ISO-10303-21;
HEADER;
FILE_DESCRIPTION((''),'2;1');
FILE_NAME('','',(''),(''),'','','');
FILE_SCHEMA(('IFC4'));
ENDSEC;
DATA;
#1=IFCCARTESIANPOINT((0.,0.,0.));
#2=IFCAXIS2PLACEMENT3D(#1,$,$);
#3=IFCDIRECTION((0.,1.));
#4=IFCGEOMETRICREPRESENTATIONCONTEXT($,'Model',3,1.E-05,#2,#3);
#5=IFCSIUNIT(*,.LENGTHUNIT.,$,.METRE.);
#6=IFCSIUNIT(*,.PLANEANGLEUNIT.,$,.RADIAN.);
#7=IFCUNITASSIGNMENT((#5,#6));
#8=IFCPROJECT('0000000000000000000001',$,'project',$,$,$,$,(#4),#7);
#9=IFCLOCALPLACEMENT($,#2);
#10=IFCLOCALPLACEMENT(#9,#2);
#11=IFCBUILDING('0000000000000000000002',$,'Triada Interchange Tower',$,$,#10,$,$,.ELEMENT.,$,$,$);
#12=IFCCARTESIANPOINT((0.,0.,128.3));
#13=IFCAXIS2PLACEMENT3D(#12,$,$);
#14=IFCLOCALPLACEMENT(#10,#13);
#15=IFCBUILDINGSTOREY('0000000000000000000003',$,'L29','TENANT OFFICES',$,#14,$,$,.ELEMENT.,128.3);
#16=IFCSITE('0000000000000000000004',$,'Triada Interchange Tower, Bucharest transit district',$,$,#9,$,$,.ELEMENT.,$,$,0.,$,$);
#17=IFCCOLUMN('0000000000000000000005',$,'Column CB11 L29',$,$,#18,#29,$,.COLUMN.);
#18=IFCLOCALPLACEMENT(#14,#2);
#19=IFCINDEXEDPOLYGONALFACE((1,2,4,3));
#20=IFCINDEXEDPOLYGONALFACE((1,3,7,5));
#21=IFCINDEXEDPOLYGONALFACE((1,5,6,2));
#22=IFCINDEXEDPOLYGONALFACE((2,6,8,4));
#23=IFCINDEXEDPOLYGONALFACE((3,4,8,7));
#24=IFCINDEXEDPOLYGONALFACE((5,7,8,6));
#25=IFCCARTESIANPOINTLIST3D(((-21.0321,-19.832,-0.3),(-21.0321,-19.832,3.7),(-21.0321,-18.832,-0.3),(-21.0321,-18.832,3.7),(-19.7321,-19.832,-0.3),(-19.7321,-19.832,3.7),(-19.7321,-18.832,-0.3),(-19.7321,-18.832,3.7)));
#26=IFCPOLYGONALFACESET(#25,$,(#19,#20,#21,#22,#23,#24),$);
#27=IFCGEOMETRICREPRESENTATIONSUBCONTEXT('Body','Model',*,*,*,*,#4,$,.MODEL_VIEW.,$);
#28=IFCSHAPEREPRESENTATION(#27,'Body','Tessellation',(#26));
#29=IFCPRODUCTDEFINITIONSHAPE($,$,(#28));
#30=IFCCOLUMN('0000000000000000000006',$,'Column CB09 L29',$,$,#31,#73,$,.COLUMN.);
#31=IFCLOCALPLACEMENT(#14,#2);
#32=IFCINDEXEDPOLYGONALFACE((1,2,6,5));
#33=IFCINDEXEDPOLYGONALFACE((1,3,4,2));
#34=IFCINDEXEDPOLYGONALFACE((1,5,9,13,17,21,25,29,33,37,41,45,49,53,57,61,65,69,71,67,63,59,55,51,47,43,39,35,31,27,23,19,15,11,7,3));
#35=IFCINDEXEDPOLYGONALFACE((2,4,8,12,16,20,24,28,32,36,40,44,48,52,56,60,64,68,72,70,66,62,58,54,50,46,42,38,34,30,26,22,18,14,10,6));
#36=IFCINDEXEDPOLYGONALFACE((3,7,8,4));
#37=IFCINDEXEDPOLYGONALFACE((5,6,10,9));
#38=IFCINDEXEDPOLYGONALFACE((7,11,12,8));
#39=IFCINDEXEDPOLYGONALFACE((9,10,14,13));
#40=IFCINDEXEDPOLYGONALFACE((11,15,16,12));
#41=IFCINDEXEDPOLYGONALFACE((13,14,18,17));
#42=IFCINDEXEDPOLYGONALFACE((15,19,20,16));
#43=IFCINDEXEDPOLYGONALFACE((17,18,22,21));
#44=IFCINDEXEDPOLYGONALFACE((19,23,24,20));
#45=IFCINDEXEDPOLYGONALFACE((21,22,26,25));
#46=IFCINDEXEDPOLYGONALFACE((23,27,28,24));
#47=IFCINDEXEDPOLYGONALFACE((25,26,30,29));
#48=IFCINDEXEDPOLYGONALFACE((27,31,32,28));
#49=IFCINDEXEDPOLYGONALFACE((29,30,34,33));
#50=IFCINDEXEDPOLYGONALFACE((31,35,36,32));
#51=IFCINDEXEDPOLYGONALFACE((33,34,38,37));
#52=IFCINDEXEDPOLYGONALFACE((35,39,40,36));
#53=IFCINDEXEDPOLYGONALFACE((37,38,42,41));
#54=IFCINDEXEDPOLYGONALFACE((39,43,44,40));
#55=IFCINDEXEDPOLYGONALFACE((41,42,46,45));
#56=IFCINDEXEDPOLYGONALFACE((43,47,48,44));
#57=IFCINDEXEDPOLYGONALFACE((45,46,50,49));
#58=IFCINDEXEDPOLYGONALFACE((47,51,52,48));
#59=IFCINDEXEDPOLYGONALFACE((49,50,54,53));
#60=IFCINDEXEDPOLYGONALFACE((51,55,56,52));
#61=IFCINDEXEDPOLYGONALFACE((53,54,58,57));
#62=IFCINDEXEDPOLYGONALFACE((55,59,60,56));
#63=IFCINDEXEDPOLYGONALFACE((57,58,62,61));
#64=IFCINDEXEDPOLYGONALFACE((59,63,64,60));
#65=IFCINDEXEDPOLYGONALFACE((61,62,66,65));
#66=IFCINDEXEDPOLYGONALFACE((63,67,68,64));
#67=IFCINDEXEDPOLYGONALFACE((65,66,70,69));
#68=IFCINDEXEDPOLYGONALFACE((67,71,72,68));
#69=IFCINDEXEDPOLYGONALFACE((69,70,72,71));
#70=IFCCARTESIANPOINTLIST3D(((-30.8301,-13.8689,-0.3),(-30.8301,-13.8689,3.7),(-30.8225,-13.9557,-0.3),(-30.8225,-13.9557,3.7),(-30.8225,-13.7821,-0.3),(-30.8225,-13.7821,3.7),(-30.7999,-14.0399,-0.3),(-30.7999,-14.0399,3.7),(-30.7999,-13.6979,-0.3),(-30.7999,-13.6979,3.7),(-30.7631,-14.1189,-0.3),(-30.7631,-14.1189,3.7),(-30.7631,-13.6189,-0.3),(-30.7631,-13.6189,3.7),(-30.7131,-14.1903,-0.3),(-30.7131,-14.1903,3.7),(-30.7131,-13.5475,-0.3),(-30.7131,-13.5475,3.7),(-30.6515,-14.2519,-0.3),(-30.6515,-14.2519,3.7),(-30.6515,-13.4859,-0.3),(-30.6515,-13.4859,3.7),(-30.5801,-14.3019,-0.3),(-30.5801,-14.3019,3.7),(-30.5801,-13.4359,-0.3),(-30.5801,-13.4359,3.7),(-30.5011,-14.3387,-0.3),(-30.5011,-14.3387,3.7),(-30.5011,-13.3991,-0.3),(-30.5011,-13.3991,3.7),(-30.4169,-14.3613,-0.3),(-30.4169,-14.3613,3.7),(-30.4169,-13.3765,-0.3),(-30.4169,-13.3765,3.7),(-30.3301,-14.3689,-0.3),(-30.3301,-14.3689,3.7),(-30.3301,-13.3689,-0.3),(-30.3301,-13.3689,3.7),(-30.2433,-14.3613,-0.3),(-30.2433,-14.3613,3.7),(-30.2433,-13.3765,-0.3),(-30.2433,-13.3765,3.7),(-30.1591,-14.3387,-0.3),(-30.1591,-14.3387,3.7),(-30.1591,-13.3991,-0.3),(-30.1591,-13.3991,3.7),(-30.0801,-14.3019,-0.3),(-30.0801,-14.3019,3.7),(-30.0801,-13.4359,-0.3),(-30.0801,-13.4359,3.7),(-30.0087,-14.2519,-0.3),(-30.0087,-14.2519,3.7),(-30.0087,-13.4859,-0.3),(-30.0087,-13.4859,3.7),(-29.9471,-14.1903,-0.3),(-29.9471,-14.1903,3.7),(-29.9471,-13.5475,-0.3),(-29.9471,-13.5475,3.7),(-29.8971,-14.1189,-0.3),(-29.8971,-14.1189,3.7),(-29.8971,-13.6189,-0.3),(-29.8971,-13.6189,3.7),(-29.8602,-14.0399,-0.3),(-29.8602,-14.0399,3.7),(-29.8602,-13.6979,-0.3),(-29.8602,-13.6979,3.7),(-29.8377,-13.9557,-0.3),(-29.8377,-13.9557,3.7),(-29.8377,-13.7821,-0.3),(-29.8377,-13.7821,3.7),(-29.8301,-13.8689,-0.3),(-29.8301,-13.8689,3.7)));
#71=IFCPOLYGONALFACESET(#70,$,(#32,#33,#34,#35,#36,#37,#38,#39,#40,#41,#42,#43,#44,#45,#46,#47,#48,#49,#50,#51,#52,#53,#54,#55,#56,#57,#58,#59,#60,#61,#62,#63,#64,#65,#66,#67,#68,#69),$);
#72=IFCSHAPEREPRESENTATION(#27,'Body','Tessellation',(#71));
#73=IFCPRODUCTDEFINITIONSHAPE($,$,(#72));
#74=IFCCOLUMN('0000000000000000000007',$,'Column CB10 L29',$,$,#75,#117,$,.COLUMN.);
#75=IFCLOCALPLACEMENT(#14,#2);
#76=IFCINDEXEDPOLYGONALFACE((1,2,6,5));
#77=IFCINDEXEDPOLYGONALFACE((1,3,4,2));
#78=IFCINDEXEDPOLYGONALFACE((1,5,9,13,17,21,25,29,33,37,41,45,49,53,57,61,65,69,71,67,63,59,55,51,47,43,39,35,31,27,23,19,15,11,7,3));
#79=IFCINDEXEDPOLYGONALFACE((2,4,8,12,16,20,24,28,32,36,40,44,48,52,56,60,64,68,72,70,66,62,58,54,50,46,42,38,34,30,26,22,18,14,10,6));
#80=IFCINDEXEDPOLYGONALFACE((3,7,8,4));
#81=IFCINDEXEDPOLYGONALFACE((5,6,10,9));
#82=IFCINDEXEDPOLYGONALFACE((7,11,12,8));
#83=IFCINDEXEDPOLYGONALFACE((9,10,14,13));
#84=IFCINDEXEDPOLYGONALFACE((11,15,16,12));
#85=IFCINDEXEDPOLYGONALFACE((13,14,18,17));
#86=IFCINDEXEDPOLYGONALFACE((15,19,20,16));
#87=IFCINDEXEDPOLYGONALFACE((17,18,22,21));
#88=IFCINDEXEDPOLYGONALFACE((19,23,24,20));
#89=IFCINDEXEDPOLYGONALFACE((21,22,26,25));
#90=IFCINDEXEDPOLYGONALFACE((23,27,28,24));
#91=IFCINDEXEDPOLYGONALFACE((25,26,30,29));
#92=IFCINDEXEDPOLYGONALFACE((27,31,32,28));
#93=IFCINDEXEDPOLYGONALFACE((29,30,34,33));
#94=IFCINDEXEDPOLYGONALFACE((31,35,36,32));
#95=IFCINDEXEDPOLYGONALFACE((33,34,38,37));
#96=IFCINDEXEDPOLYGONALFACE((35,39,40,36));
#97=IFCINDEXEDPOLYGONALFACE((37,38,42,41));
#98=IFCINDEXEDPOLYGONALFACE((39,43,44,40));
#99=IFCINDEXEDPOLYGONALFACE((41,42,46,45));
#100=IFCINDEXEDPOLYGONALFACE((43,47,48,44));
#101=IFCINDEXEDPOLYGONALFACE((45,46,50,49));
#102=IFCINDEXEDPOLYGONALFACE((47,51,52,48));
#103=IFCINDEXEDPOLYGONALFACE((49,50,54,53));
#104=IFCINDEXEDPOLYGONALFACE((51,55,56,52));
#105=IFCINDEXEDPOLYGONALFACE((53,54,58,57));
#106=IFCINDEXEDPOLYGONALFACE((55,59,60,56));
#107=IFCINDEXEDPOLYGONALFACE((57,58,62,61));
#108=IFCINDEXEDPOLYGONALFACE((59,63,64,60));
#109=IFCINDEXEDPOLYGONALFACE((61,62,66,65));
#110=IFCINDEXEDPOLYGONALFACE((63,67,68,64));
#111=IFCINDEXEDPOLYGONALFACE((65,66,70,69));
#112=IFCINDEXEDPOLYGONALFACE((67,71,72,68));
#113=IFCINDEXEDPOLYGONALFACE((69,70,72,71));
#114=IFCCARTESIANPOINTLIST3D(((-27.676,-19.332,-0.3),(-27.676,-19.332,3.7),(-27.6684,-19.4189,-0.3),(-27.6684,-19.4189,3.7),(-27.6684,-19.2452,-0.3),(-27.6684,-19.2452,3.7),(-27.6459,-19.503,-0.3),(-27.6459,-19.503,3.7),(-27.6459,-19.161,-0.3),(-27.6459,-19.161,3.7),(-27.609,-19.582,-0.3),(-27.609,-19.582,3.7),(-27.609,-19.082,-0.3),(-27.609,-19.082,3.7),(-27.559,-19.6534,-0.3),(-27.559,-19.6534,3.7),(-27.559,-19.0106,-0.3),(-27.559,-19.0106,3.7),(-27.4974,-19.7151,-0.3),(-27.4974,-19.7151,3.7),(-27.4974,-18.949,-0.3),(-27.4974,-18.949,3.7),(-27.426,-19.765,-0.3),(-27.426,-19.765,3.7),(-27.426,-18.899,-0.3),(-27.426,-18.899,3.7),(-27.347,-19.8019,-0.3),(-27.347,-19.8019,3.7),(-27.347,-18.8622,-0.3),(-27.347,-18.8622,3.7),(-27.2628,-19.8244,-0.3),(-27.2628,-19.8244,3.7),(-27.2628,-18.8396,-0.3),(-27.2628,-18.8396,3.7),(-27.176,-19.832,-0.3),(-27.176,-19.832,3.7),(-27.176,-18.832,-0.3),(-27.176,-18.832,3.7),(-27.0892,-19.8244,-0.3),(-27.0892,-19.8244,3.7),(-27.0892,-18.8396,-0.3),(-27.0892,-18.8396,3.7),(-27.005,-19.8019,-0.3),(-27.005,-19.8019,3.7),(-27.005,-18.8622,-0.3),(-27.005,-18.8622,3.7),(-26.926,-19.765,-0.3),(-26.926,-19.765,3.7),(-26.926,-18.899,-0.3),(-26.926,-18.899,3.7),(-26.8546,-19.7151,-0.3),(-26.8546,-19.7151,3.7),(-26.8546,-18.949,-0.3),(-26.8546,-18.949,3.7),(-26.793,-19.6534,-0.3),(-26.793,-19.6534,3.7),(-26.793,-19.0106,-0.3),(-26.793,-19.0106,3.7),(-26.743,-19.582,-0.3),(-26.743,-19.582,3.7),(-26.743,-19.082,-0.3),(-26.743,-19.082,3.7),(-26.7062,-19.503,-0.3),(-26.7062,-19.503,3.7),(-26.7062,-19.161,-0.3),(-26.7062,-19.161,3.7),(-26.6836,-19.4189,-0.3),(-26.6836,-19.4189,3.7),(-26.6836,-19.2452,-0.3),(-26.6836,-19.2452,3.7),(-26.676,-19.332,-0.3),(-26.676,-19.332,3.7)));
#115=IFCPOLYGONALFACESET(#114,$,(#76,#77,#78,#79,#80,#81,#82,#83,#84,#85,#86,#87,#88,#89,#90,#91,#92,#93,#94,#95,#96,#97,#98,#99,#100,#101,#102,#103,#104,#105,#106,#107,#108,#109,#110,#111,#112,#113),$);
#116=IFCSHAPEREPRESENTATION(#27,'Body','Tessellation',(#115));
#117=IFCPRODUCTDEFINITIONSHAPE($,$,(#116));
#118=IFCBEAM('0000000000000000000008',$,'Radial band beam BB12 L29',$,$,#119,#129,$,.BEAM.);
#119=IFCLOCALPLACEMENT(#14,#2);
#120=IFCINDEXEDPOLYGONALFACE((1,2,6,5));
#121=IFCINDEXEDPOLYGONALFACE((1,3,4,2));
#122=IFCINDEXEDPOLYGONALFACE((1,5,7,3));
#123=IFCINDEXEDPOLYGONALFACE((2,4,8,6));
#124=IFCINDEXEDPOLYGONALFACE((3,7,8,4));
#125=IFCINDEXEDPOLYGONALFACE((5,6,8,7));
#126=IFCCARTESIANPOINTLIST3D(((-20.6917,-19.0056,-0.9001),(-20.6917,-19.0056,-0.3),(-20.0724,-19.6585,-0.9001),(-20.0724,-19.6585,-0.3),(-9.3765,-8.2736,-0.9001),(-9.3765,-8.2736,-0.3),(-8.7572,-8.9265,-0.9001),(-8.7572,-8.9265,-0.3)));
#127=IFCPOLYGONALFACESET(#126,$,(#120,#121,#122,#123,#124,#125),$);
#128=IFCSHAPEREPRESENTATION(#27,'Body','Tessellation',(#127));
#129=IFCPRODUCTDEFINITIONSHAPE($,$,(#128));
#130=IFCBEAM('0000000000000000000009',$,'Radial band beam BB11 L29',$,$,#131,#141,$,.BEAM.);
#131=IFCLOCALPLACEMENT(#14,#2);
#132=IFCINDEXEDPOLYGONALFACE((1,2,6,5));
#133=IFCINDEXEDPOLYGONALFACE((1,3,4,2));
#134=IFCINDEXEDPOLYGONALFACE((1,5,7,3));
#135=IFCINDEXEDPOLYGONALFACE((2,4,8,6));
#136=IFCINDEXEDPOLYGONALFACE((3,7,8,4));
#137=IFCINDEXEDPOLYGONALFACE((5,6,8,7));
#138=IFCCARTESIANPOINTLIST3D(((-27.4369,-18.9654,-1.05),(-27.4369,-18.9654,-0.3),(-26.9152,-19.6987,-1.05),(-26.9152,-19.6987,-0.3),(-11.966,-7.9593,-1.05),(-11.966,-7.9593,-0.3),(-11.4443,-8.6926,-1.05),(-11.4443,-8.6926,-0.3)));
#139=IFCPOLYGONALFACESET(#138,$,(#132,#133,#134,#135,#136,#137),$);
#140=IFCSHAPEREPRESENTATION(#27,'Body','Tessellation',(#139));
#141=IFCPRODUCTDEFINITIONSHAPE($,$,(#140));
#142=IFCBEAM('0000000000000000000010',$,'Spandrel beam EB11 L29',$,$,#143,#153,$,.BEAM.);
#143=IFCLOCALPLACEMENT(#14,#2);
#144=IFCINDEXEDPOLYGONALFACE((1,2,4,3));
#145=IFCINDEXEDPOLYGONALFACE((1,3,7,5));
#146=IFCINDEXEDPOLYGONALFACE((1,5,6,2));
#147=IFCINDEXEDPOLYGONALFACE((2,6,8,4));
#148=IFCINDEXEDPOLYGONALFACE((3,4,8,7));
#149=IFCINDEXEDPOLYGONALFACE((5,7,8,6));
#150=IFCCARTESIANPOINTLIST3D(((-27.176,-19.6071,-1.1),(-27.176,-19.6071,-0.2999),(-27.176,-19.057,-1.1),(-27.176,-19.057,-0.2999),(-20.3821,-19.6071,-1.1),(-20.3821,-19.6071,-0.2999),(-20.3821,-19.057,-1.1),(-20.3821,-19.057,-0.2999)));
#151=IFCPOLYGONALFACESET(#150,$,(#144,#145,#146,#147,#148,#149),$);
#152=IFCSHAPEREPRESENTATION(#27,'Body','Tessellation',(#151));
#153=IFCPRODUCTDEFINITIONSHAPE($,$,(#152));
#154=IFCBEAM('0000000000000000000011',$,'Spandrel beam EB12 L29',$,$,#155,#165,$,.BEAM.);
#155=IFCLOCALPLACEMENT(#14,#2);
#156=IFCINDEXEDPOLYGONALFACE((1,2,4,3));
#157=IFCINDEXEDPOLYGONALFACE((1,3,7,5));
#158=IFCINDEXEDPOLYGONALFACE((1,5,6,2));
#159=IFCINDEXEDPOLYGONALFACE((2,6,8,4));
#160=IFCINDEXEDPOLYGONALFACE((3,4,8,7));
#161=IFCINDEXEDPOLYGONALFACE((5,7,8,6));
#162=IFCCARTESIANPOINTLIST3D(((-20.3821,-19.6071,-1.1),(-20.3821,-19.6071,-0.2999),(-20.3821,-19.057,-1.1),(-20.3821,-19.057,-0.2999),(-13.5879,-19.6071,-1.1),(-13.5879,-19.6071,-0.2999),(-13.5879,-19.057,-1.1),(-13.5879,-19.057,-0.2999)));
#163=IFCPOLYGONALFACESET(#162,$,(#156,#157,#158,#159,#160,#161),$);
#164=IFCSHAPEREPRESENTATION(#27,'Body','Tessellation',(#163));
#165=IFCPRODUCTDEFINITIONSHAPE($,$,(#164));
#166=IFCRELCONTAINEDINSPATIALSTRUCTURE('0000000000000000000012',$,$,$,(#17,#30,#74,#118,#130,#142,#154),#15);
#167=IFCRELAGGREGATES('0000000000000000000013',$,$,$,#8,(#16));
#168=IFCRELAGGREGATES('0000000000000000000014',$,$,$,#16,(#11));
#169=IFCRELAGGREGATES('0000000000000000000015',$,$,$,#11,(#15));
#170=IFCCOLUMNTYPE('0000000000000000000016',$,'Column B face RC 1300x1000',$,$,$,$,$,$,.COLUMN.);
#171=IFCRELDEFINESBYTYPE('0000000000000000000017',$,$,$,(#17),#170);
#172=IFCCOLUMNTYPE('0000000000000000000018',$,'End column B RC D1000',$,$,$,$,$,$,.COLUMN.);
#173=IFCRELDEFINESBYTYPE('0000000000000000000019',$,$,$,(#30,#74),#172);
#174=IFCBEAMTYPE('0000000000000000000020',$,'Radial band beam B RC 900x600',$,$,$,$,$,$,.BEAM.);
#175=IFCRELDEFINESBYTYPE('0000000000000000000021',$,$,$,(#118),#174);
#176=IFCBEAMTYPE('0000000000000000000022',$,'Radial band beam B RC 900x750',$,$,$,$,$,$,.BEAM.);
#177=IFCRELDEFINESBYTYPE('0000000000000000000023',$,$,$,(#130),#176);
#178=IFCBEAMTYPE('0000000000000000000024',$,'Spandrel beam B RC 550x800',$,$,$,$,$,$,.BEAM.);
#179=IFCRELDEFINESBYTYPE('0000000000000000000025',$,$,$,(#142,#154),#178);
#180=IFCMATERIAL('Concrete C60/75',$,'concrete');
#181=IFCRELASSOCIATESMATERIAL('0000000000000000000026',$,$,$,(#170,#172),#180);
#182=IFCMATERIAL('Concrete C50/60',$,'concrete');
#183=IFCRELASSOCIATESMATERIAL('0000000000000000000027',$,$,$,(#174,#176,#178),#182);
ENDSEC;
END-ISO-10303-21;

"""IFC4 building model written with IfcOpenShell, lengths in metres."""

from ifc_helpers import new_model, si_unit, direction, frame, origin, origin_2d, place, context, subcontext, project, spatial, rectangle, circle, extrude, material, material_profile, profile_set, type_object, element, save


model = new_model("IFC4")

# Units and contexts
model_context = context("Model", 3, precision=1e-05, world=origin(), true_north=direction((0.0, 1.0)))
body_context = subcontext(model_context, "Body", "Model", "MODEL_VIEW")
ifc_project = project(units=[si_unit("LENGTHUNIT", "METRE"), si_unit("PLANEANGLEUNIT", "RADIAN")], contexts=[model_context])

# Site, building, storey
site_placement = place(None, origin())
site = spatial("IfcSite", under=ifc_project, at=site_placement, Name="Triada Interchange Tower, Bucharest transit district", CompositionType="ELEMENT", RefElevation=0.0)
building_placement = place(site_placement, origin())
building = spatial("IfcBuilding", under=site, at=building_placement, Name="Triada Interchange Tower", CompositionType="ELEMENT")
storey_placement = place(building_placement, frame((0.0, 0.0, 128.3)))
storey = spatial("IfcBuildingStorey", under=building, at=storey_placement, Name="L29", Description="TENANT OFFICES", CompositionType="ELEMENT", Elevation=128.3)

# Columns
ifc_material_1 = material(Name="Concrete C60/75", Category="concrete")
ifc_material_profile_1 = material_profile(ifc_material_1, rectangle(XDim=1.3, YDim=1.0, at=origin_2d()), Name="RC 1300x1000")
ifc_profile_set_1 = profile_set([ifc_material_profile_1], Name="Concrete C60/75")
column_type_1 = type_object("IfcColumnType", Name="Column B face RC 1300x1000", PredefinedType="COLUMN", material=ifc_profile_set_1)
column_placement = place(storey_placement, frame((-20.3821, -19.332, -0.3), z_axis=(0.0, 0.0, 1.0), x_axis=(1.0, 0.0, 0.0)))
element("IfcColumn", 1, at=column_placement, inside=storey, type_object=column_type_1, Name="Column CB11 L29", PredefinedType="COLUMN", context=body_context, shape_type="SweptSolid", body=[
    extrude(rectangle(XDim=1.3, YDim=1.0, at=origin_2d()), origin(), (0.0, 0.0, 1.0), 4.0),
])
ifc_material_profile_2 = material_profile(ifc_material_1, circle(Radius=0.5, at=origin_2d()), Name="RC D1000")
ifc_profile_set_2 = profile_set([ifc_material_profile_2], Name="Concrete C60/75")
column_type_2 = type_object("IfcColumnType", Name="End column B RC D1000", PredefinedType="COLUMN", material=ifc_profile_set_2)
for number, where, z_axis, x_axis, name in (
    (2, (-30.3301, -13.8689, -0.3), (0.0, 0.0, 1.0), (0.5, 0.866025, 0.0), "Column CB09 L29"),
    (3, (-27.176, -19.332, -0.3), (0.0, 0.0, 1.0), (1.0, 0.0, 0.0), "Column CB10 L29"),
):
    element("IfcColumn", number, at=place(storey_placement, frame(where, z_axis=z_axis, x_axis=x_axis)), inside=storey, type_object=column_type_2, Name=name, PredefinedType="COLUMN", context=body_context, shape_type="SweptSolid", body=[
        extrude(circle(Radius=0.5, at=origin_2d()), origin(), (0.0, 0.0, 1.0), 4.0),
    ])

# Beams
ifc_material_2 = material(Name="Concrete C50/60", Category="concrete")
ifc_material_profile_3 = material_profile(ifc_material_2, rectangle(XDim=0.8999, YDim=0.6001, at=origin_2d()), Name="RC 900x600")
ifc_profile_set_3 = profile_set([ifc_material_profile_3], Name="Concrete C50/60")
beam_type_1 = type_object("IfcBeamType", Name="Radial band beam B RC 900x600", PredefinedType="BEAM", material=ifc_profile_set_3)
beam_1_placement = place(storey_placement, frame((-20.3821, -19.332, -0.6001), z_axis=(0.725559, 0.68816, 0.0), x_axis=(-0.68816, 0.725559, 0.0)))
element("IfcBeam", 4, at=beam_1_placement, inside=storey, type_object=beam_type_1, Name="Radial band beam BB12 L29", PredefinedType="BEAM", context=body_context, shape_type="SweptSolid", body=[
    extrude(rectangle(XDim=0.8999, YDim=0.6001, at=origin_2d()), origin(), (0.0, 0.0, 1.0), 15.5952),
])
ifc_material_profile_4 = material_profile(ifc_material_2, rectangle(XDim=0.8999, YDim=0.75, at=origin_2d()), Name="RC 900x750")
ifc_profile_set_4 = profile_set([ifc_material_profile_4], Name="Concrete C50/60")
beam_type_2 = type_object("IfcBeamType", Name="Radial band beam B RC 900x750", PredefinedType="BEAM", material=ifc_profile_set_4)
beam_2_placement = place(storey_placement, frame((-27.176, -19.332, -0.675), z_axis=(0.814842, 0.579683, 0.0), x_axis=(-0.579683, 0.814842, 0.0)))
element("IfcBeam", 5, at=beam_2_placement, inside=storey, type_object=beam_type_2, Name="Radial band beam BB11 L29", PredefinedType="BEAM", context=body_context, shape_type="SweptSolid", body=[
    extrude(rectangle(XDim=0.8999, YDim=0.75, at=origin_2d()), origin(), (0.0, 0.0, 1.0), 18.9863),
])
ifc_material_profile_5 = material_profile(ifc_material_2, rectangle(XDim=0.55, YDim=0.8, at=origin_2d()), Name="RC 550x800")
ifc_profile_set_5 = profile_set([ifc_material_profile_5], Name="Concrete C50/60")
beam_type_3 = type_object("IfcBeamType", Name="Spandrel beam B RC 550x800", PredefinedType="BEAM", material=ifc_profile_set_5)
beam_3_placement = place(storey_placement, frame((-27.176, -19.332, -0.7), z_axis=(1.0, 0.0, 0.0), x_axis=(0.0, 1.0, 0.0)))
element("IfcBeam", 6, at=beam_3_placement, inside=storey, type_object=beam_type_3, Name="Spandrel beam EB11 L29", PredefinedType="BEAM", context=body_context, shape_type="SweptSolid", body=[
    extrude(rectangle(XDim=0.55, YDim=0.8, at=origin_2d()), origin(), (0.0, 0.0, 1.0), 6.7939),
])
beam_4_placement = place(storey_placement, frame((-20.3821, -19.332, -0.7), z_axis=(1.0, 0.0, 0.0), x_axis=(0.0, 1.0, 0.0)))
element("IfcBeam", 7, at=beam_4_placement, inside=storey, type_object=beam_type_3, Name="Spandrel beam EB12 L29", PredefinedType="BEAM", context=body_context, shape_type="SweptSolid", body=[
    extrude(rectangle(XDim=0.55, YDim=0.8, at=origin_2d()), origin(), (0.0, 0.0, 1.0), 6.7942),
])

save(model, "model.ifc")
